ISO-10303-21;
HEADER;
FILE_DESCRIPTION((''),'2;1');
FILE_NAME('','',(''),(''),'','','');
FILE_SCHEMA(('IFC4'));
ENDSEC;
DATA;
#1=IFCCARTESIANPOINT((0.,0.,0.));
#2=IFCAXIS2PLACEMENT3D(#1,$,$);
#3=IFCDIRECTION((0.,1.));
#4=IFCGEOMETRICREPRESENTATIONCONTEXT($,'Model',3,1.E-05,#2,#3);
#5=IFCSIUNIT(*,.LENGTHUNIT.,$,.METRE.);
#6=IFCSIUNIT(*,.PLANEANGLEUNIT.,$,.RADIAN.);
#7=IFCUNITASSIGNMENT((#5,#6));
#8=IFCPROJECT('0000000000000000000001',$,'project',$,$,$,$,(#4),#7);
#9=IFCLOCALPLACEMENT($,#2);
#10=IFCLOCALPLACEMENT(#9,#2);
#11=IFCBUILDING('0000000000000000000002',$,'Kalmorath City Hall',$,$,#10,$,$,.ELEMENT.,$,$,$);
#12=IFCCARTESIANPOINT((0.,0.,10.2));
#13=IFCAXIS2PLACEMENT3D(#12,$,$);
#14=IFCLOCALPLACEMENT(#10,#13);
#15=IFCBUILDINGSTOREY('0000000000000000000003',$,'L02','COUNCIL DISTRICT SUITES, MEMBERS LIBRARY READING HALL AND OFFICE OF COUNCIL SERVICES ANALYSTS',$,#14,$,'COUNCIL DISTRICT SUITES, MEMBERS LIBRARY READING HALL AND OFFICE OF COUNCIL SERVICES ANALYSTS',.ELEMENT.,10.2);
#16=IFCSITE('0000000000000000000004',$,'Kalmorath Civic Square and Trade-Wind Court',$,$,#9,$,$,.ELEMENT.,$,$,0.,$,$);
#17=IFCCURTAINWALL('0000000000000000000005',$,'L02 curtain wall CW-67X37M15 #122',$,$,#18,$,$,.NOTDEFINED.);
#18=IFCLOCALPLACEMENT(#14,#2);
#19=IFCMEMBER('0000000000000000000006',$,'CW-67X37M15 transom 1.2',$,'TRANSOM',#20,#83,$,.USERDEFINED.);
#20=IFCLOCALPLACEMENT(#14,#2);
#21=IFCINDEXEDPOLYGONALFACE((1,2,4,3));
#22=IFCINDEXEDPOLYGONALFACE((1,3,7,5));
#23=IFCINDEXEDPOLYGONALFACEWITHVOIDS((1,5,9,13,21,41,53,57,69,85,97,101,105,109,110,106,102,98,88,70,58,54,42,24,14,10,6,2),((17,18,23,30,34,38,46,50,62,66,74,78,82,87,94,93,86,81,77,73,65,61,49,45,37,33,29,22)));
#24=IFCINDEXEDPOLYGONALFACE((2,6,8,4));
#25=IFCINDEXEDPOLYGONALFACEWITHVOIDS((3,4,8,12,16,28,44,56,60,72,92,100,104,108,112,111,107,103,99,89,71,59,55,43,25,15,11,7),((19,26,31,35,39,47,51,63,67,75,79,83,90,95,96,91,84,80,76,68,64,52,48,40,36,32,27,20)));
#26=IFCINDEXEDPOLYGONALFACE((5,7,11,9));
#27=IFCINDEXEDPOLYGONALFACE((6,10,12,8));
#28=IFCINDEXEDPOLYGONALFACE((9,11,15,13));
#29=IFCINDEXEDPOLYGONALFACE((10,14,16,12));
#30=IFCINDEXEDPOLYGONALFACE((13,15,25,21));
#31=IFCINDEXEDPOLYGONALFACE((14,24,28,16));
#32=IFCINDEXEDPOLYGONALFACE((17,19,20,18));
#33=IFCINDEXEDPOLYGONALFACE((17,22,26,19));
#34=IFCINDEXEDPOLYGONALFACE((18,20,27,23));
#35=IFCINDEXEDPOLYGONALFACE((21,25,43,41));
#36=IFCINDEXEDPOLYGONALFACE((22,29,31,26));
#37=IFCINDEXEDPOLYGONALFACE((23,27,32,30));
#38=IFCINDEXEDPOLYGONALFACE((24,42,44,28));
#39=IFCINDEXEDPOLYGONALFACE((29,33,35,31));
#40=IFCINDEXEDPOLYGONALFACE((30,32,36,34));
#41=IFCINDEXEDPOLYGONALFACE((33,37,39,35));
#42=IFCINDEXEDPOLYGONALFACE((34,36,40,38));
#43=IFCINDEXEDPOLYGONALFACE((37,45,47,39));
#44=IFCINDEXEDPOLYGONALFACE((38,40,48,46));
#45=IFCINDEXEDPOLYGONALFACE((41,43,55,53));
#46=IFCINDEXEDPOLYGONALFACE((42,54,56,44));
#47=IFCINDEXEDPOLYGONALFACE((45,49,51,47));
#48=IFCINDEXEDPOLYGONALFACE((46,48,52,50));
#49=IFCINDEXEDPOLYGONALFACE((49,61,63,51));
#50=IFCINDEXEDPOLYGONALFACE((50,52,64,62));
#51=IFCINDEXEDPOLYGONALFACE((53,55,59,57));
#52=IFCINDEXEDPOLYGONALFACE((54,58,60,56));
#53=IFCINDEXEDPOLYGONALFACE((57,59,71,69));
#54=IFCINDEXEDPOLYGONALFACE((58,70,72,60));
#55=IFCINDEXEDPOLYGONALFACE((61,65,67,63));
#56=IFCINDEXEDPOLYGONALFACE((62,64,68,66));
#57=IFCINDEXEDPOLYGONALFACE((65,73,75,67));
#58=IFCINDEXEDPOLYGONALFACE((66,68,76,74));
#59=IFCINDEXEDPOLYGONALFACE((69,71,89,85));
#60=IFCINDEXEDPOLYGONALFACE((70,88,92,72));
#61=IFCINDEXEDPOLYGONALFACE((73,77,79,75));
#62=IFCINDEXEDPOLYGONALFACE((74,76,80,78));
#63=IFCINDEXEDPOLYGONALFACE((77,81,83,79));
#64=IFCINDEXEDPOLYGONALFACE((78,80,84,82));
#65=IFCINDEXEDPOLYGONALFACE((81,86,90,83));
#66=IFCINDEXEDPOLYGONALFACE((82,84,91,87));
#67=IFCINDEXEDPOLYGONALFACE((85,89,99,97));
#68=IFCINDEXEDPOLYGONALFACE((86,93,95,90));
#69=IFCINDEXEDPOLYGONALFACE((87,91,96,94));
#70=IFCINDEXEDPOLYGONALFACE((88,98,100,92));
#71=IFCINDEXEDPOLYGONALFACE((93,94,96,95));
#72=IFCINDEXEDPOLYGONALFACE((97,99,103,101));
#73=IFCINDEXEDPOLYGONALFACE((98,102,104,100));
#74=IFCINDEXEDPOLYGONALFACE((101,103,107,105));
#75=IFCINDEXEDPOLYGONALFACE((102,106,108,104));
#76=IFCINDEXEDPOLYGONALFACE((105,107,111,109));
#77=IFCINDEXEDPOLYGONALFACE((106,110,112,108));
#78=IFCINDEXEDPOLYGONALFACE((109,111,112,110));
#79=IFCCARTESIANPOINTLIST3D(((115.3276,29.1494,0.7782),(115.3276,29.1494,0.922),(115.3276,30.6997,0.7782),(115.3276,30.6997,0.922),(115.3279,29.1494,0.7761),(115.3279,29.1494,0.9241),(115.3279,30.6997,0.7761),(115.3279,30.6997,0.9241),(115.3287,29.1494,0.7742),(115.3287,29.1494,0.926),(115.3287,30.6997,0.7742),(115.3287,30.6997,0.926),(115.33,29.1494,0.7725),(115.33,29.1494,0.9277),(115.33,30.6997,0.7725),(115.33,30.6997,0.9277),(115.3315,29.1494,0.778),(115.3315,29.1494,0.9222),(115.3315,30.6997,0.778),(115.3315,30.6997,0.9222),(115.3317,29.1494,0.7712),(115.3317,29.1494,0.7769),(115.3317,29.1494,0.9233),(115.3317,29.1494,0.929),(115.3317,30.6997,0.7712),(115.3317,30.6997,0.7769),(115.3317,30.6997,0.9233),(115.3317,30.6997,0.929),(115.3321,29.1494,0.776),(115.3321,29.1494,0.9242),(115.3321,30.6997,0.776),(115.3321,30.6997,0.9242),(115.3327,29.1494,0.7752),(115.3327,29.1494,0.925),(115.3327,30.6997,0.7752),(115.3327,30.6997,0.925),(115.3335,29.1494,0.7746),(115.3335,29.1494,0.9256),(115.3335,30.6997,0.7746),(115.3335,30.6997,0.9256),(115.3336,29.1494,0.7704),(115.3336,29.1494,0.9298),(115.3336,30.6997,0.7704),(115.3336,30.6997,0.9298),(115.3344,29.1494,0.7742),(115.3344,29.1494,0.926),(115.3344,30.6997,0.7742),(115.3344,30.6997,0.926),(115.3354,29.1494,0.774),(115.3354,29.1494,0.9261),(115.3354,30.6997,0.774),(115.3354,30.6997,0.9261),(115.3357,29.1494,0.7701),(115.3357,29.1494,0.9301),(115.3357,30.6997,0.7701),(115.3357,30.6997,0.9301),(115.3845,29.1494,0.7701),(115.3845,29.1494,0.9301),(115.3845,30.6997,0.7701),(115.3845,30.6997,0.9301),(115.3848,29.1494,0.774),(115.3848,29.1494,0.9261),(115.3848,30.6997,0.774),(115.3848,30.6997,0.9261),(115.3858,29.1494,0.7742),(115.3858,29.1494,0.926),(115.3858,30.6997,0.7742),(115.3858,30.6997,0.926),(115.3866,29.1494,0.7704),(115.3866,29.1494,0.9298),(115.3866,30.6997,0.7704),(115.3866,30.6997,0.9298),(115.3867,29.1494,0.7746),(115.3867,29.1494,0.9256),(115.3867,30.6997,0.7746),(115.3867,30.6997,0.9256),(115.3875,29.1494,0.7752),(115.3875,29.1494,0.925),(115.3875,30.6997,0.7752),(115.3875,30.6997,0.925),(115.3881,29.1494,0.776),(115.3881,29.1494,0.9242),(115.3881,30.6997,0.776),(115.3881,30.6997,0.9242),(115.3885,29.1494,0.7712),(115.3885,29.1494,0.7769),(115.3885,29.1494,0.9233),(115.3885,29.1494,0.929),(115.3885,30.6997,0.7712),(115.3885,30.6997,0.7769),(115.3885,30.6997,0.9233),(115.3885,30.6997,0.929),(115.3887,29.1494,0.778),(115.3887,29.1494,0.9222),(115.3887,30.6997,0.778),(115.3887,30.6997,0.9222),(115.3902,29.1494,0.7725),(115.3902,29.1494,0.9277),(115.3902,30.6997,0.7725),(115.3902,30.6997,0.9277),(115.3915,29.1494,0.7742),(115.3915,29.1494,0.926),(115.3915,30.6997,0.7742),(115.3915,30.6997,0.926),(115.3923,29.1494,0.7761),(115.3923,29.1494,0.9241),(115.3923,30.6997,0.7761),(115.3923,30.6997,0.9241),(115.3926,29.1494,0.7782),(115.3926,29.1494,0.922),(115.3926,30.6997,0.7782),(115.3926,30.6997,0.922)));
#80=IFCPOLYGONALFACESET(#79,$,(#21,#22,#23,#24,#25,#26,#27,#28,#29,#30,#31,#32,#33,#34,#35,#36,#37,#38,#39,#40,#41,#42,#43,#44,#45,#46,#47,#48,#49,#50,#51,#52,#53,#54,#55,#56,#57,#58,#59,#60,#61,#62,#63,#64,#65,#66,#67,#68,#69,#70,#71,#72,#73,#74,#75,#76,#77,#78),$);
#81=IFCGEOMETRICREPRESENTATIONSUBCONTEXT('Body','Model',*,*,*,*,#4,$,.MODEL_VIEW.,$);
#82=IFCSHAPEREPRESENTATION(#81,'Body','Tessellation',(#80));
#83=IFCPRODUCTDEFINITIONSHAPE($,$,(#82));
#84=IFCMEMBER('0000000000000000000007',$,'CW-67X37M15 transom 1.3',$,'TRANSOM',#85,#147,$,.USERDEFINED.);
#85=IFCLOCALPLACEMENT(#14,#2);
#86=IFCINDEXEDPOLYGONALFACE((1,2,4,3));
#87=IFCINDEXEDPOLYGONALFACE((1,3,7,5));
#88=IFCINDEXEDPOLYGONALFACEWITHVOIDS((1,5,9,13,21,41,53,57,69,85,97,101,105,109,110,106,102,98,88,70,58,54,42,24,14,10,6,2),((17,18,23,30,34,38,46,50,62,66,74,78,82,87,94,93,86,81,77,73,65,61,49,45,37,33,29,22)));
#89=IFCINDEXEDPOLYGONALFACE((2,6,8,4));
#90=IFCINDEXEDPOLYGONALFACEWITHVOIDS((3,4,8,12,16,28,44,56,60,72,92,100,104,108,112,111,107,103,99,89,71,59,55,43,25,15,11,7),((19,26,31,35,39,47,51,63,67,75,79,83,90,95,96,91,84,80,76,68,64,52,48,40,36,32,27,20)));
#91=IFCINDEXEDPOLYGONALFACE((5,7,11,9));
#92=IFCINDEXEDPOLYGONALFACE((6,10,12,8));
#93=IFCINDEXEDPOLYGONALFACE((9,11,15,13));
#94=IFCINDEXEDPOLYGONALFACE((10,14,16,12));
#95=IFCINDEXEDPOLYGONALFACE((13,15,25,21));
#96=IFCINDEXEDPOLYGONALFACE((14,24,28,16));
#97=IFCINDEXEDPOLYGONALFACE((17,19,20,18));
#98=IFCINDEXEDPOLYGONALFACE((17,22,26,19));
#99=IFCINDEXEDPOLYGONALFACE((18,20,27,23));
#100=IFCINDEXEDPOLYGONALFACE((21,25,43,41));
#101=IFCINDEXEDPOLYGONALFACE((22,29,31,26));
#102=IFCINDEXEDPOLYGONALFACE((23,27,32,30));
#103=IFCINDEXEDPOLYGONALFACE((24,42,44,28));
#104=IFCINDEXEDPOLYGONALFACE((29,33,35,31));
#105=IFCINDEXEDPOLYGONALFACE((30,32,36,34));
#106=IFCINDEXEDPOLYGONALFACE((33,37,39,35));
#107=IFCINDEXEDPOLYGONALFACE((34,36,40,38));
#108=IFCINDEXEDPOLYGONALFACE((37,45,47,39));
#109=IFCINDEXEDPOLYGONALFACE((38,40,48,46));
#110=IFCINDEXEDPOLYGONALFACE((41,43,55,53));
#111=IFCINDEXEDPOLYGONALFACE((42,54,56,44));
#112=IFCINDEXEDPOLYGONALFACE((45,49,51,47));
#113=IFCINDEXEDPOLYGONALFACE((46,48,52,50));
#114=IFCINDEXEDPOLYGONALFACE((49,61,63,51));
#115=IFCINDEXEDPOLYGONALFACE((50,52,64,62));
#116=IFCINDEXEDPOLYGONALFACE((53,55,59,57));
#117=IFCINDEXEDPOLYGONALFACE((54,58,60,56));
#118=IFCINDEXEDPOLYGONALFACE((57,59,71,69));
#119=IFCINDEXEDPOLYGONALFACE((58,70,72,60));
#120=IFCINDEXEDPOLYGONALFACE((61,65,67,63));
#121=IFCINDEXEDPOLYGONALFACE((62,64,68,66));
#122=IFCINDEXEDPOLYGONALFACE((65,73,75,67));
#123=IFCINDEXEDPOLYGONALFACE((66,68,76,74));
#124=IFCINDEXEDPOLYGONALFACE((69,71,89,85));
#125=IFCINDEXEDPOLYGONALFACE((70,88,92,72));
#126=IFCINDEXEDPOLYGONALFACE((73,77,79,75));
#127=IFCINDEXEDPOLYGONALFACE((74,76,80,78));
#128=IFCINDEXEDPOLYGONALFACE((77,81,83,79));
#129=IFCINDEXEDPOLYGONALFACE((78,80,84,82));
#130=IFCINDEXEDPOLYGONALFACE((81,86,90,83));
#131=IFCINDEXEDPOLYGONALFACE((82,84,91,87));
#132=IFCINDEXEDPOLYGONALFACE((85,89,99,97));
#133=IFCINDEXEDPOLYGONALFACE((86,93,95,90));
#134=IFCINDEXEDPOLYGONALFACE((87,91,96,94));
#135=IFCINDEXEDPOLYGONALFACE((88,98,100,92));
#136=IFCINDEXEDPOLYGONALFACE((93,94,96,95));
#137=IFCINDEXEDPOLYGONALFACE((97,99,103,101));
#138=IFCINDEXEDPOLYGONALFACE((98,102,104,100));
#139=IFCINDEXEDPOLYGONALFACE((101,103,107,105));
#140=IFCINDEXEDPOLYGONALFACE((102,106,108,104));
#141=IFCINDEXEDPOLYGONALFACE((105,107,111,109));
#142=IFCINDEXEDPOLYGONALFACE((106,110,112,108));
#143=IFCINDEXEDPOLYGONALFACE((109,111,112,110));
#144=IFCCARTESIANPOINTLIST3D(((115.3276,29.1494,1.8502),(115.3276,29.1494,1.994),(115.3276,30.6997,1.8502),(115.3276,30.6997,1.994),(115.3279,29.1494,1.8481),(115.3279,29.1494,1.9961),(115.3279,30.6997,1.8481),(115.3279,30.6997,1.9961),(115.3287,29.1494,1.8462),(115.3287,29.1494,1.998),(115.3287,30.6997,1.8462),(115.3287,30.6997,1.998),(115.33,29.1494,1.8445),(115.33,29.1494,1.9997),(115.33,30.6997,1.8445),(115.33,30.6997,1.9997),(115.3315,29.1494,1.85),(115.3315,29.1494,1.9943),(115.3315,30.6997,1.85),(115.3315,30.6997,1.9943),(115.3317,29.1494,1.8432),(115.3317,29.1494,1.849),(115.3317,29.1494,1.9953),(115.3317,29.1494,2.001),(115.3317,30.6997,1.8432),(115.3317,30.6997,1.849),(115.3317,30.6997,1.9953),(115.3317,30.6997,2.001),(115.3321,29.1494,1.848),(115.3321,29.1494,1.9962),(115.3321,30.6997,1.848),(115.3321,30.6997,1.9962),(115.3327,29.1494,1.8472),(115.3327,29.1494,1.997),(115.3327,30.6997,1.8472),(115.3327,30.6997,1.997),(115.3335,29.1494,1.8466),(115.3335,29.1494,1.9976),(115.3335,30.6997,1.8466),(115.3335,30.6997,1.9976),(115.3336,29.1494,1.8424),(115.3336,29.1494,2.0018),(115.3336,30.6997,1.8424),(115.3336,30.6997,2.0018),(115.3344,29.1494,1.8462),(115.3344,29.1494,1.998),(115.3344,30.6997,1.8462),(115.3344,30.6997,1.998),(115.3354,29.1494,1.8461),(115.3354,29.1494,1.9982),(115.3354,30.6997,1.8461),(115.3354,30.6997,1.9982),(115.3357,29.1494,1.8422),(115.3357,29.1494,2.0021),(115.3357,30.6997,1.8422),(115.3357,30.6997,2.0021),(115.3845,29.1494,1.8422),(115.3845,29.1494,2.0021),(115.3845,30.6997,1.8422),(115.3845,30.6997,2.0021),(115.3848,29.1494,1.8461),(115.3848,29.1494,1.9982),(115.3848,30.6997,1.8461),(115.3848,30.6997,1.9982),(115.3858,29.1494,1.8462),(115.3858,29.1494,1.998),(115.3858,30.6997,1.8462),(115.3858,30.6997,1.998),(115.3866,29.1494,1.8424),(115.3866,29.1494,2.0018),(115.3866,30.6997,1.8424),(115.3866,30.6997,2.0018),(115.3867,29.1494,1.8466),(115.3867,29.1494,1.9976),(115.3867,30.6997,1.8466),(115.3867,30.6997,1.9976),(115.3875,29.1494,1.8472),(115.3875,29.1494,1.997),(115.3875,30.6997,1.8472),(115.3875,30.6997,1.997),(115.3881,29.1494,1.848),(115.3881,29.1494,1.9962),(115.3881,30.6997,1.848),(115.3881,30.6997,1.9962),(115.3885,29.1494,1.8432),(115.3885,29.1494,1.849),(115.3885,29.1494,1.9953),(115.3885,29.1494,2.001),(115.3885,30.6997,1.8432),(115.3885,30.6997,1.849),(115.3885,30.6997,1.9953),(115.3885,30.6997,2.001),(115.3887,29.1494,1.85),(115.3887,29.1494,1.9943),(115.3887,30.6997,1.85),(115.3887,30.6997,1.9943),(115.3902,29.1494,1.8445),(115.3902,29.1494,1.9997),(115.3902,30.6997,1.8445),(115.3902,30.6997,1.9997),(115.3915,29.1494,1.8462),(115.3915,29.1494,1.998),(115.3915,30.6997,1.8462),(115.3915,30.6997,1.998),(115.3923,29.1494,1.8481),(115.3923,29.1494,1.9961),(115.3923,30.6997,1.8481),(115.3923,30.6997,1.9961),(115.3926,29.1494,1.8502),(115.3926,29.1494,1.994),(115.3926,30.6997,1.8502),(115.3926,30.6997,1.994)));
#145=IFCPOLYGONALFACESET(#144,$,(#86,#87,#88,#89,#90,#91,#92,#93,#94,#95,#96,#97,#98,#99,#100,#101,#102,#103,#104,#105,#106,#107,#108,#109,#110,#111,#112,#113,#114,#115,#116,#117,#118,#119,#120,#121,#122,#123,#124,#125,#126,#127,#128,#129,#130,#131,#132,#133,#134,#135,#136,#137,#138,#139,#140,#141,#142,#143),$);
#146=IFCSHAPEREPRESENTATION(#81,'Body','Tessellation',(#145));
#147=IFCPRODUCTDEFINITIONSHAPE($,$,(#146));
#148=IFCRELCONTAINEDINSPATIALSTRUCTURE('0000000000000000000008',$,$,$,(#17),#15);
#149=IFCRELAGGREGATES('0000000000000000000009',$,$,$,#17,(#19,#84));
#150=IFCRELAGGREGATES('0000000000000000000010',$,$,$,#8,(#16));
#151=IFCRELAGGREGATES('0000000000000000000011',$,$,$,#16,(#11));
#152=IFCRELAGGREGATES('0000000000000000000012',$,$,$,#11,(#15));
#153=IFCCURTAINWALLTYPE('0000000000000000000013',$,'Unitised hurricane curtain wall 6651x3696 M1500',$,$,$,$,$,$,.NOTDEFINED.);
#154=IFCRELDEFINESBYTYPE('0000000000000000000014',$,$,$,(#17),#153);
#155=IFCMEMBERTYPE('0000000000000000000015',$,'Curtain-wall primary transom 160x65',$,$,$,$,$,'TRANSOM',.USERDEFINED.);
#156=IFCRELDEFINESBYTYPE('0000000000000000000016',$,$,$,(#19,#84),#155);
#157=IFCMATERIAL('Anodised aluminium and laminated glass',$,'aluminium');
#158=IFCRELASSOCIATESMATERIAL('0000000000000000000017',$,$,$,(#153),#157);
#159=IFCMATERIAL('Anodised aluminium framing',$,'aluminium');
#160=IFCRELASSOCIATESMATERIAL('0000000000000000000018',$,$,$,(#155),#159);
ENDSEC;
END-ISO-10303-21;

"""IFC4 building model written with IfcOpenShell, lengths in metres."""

from ifc_helpers import new_model, si_unit, direction, frame, origin, origin_2d, place, context, subcontext, project, spatial, hollow_rectangle, extrude, material, material_profile, profile_set, type_object, element, aggregate, save


model = new_model("IFC4")

# Units and contexts
model_context = context("Model", 3, precision=1e-05, world=origin(), true_north=direction((0.0, 1.0)))
body_context = subcontext(model_context, "Body", "Model", "MODEL_VIEW")
ifc_project = project(units=[si_unit("LENGTHUNIT", "METRE"), si_unit("PLANEANGLEUNIT", "RADIAN")], contexts=[model_context])

# Site, building, storey
site_placement = place(None, origin())
site = spatial("IfcSite", under=ifc_project, at=site_placement, Name="Kalmorath Civic Square and Trade-Wind Court", CompositionType="ELEMENT", RefElevation=0.0)
building_placement = place(site_placement, origin())
building = spatial("IfcBuilding", under=site, at=building_placement, Name="Kalmorath City Hall", CompositionType="ELEMENT")
storey_placement = place(building_placement, frame((0.0, 0.0, 10.2)))
storey = spatial("IfcBuildingStorey", under=building, at=storey_placement, Name="L02", Description="COUNCIL DISTRICT SUITES, MEMBERS LIBRARY READING HALL AND OFFICE OF COUNCIL SERVICES ANALYSTS", LongName="COUNCIL DISTRICT SUITES, MEMBERS LIBRARY READING HALL AND OFFICE OF COUNCIL SERVICES ANALYSTS", CompositionType="ELEMENT", Elevation=10.2)

# Curtain wall
ifc_material_1 = material(Name="Anodised aluminium and laminated glass", Category="aluminium")
curtain_wall_type_1 = type_object("IfcCurtainWallType", Name="Unitised hurricane curtain wall 6651x3696 M1500", PredefinedType="NOTDEFINED", material=ifc_material_1)
curtain_wall_1_placement = place(storey_placement, origin())
curtain_wall_1 = element("IfcCurtainWall", 1, at=curtain_wall_1_placement, inside=storey, type_object=curtain_wall_type_1, Name="L02 curtain wall CW-67X37M15 #122", PredefinedType="NOTDEFINED")

# Members
ifc_material_2 = material(Name="Anodised aluminium framing", Category="aluminium")
ifc_material_profile_1 = material_profile(ifc_material_2, hollow_rectangle(XDim=0.0649, YDim=0.1599, WallThickness=0.0039, InnerFilletRadius=0.0039, OuterFilletRadius=0.0081, at=origin_2d()), Name="ALU-TRN-160X65X4")
ifc_profile_set_1 = profile_set([ifc_material_profile_1], Name="Anodised aluminium framing")
member_type_1 = type_object("IfcMemberType", Name="Curtain-wall primary transom 160x65", ElementType="TRANSOM", PredefinedType="USERDEFINED", material=ifc_profile_set_1)
member_1_placement = place(storey_placement, frame((115.3601, 29.1494, 0.8501), z_axis=(0.0, 1.0, 0.0), x_axis=(-1.0, 0.0, 0.0)))
member_1 = element("IfcMember", 2, at=member_1_placement, type_object=member_type_1, Name="CW-67X37M15 transom 1.2", ObjectType="TRANSOM", PredefinedType="USERDEFINED", context=body_context, shape_type="SweptSolid", body=[
    extrude(hollow_rectangle(XDim=0.0649, YDim=0.1599, WallThickness=0.0039, InnerFilletRadius=0.0039, OuterFilletRadius=0.0081, at=origin_2d()), origin(), (0.0, 0.0, 1.0), 1.5503),
])
member_2_placement = place(storey_placement, frame((115.3601, 29.1494, 1.9221), z_axis=(0.0, 1.0, 0.0), x_axis=(-1.0, 0.0, 0.0)))
member_2 = element("IfcMember", 3, at=member_2_placement, type_object=member_type_1, Name="CW-67X37M15 transom 1.3", ObjectType="TRANSOM", PredefinedType="USERDEFINED", context=body_context, shape_type="SweptSolid", body=[
    extrude(hollow_rectangle(XDim=0.0649, YDim=0.1599, WallThickness=0.0039, InnerFilletRadius=0.0039, OuterFilletRadius=0.0081, at=origin_2d()), origin(), (0.0, 0.0, 1.0), 1.5503),
])

aggregate(curtain_wall_1, [member_1, member_2])

save(model, "model.ifc")
